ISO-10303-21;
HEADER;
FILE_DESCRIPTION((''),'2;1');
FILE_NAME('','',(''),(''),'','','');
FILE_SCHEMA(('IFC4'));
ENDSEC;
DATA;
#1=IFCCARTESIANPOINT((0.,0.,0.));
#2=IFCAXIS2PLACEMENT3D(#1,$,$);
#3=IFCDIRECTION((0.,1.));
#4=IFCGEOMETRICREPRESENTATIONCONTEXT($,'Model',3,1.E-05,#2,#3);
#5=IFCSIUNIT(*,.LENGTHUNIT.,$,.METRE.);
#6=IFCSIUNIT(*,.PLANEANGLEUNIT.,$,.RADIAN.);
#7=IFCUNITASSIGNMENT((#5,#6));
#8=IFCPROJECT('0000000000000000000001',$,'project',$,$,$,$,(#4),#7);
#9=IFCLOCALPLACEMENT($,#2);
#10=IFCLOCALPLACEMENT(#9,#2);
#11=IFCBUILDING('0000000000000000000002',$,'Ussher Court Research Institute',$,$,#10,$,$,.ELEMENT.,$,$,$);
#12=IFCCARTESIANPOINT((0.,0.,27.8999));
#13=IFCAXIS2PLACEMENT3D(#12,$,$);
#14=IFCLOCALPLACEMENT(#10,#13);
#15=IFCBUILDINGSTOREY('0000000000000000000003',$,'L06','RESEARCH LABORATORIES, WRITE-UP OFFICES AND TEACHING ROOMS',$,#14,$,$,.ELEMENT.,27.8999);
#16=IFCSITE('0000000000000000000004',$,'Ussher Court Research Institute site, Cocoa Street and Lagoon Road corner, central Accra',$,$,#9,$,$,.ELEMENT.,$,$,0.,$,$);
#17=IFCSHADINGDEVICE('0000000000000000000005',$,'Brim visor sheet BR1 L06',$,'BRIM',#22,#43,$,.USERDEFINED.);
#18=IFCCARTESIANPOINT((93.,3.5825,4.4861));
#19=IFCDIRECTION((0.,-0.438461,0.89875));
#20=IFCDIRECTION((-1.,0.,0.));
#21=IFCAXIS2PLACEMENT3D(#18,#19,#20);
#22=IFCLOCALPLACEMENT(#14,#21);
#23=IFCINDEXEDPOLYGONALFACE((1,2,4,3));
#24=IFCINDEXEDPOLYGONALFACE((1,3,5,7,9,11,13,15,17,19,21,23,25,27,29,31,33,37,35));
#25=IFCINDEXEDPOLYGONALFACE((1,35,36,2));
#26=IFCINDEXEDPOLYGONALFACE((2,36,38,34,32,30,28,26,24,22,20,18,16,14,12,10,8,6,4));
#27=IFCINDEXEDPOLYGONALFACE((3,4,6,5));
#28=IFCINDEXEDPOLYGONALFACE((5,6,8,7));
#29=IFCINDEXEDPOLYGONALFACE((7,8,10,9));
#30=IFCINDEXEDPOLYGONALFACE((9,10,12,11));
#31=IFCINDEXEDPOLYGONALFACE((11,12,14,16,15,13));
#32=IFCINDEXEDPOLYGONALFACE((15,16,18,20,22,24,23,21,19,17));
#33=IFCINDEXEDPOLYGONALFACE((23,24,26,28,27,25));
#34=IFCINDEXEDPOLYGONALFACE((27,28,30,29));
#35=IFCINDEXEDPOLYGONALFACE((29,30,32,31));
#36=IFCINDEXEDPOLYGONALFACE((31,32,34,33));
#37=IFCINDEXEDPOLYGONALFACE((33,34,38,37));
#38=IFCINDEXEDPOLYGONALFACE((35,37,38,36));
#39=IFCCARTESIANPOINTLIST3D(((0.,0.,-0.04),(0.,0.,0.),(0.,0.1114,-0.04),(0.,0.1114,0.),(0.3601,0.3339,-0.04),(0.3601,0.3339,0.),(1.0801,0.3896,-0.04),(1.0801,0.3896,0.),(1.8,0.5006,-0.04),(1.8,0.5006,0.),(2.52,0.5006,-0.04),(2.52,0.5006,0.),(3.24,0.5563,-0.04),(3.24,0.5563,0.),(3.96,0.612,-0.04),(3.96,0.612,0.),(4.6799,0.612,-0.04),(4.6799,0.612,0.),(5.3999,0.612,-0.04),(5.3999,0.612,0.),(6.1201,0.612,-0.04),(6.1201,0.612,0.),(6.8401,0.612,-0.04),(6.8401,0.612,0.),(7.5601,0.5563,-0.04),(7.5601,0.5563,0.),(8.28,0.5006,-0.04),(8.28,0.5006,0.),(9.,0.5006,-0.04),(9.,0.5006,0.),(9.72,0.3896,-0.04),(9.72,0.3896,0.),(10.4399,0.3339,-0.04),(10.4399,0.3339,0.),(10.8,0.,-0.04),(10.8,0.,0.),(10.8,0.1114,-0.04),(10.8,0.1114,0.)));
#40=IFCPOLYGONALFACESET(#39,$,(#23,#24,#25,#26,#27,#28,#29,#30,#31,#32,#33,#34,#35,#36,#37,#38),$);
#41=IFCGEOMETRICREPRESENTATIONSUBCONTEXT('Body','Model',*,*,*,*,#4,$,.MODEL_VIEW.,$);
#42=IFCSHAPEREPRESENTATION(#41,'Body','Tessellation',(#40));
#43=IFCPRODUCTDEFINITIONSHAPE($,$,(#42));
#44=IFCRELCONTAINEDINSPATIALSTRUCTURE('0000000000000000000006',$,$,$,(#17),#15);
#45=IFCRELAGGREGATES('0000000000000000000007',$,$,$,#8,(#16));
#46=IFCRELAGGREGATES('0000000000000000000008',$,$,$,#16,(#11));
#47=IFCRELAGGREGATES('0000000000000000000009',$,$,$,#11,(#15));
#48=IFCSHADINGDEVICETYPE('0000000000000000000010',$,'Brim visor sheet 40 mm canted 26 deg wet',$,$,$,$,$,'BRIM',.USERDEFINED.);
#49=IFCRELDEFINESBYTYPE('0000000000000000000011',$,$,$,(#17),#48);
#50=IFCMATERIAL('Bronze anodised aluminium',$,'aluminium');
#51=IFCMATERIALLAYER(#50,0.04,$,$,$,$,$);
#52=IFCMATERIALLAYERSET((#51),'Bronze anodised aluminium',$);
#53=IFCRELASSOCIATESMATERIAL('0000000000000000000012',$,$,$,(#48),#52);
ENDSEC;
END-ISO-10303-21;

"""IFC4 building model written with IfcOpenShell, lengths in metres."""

from ifc_helpers import new_model, si_unit, direction, frame, origin, place, context, subcontext, project, spatial, polyline, outline, extrude, material, layer, layer_set, type_object, element, save


model = new_model("IFC4")

# Units and contexts
model_context = context("Model", 3, precision=1e-05, world=origin(), true_north=direction((0.0, 1.0)))
body_context = subcontext(model_context, "Body", "Model", "MODEL_VIEW")
ifc_project = project(units=[si_unit("LENGTHUNIT", "METRE"), si_unit("PLANEANGLEUNIT", "RADIAN")], contexts=[model_context])

# Site, building, storey
site_placement = place(None, origin())
site = spatial("IfcSite", under=ifc_project, at=site_placement, Name="Ussher Court Research Institute site, Cocoa Street and Lagoon Road corner, central Accra", CompositionType="ELEMENT", RefElevation=0.0)
building_placement = place(site_placement, origin())
building = spatial("IfcBuilding", under=site, at=building_placement, Name="Ussher Court Research Institute", CompositionType="ELEMENT")
storey_placement = place(building_placement, frame((0.0, 0.0, 27.8999)))
storey = spatial("IfcBuildingStorey", under=building, at=storey_placement, Name="L06", Description="RESEARCH LABORATORIES, WRITE-UP OFFICES AND TEACHING ROOMS", CompositionType="ELEMENT", Elevation=27.8999)

# Shading device
ifc_material_1 = material(Name="Bronze anodised aluminium", Category="aluminium")
ifc_layer_1 = layer(ifc_material_1, 0.04)
ifc_layer_set_1 = layer_set([ifc_layer_1], Name="Bronze anodised aluminium")
shading_device_type_1 = type_object("IfcShadingDeviceType", Name="Brim visor sheet 40 mm canted 26 deg wet", ElementType="BRIM", PredefinedType="USERDEFINED", material=ifc_layer_set_1)
shading_device_1_placement = place(storey_placement, frame((93.0, 3.5825, 4.4861), z_axis=(0.0, -0.438461, 0.89875), x_axis=(-1.0, 0.0, 0.0)))
element("IfcShadingDevice", 1, at=shading_device_1_placement, inside=storey, type_object=shading_device_type_1, Name="Brim visor sheet BR1 L06", ObjectType="BRIM", PredefinedType="USERDEFINED", context=body_context, shape_type="SweptSolid", body=[
    extrude(outline(polyline([(0.0, 0.0), (10.8, 0.0), (10.8, 0.1114), (10.4399, 0.3339), (9.72, 0.3896), (9.0, 0.5006), (8.28, 0.5006), (7.5601, 0.5563), (6.8401, 0.612), (6.1201, 0.612), (5.3999, 0.612), (4.6799, 0.612), (3.96, 0.612), (3.24, 0.5563), (2.52, 0.5006), (1.8, 0.5006), (1.0801, 0.3896), (0.3601, 0.3339), (0.0, 0.1114), (0.0, 0.0)])), origin(), (0.0, 0.0, -1.0), 0.04),
])

save(model, "model.ifc")
